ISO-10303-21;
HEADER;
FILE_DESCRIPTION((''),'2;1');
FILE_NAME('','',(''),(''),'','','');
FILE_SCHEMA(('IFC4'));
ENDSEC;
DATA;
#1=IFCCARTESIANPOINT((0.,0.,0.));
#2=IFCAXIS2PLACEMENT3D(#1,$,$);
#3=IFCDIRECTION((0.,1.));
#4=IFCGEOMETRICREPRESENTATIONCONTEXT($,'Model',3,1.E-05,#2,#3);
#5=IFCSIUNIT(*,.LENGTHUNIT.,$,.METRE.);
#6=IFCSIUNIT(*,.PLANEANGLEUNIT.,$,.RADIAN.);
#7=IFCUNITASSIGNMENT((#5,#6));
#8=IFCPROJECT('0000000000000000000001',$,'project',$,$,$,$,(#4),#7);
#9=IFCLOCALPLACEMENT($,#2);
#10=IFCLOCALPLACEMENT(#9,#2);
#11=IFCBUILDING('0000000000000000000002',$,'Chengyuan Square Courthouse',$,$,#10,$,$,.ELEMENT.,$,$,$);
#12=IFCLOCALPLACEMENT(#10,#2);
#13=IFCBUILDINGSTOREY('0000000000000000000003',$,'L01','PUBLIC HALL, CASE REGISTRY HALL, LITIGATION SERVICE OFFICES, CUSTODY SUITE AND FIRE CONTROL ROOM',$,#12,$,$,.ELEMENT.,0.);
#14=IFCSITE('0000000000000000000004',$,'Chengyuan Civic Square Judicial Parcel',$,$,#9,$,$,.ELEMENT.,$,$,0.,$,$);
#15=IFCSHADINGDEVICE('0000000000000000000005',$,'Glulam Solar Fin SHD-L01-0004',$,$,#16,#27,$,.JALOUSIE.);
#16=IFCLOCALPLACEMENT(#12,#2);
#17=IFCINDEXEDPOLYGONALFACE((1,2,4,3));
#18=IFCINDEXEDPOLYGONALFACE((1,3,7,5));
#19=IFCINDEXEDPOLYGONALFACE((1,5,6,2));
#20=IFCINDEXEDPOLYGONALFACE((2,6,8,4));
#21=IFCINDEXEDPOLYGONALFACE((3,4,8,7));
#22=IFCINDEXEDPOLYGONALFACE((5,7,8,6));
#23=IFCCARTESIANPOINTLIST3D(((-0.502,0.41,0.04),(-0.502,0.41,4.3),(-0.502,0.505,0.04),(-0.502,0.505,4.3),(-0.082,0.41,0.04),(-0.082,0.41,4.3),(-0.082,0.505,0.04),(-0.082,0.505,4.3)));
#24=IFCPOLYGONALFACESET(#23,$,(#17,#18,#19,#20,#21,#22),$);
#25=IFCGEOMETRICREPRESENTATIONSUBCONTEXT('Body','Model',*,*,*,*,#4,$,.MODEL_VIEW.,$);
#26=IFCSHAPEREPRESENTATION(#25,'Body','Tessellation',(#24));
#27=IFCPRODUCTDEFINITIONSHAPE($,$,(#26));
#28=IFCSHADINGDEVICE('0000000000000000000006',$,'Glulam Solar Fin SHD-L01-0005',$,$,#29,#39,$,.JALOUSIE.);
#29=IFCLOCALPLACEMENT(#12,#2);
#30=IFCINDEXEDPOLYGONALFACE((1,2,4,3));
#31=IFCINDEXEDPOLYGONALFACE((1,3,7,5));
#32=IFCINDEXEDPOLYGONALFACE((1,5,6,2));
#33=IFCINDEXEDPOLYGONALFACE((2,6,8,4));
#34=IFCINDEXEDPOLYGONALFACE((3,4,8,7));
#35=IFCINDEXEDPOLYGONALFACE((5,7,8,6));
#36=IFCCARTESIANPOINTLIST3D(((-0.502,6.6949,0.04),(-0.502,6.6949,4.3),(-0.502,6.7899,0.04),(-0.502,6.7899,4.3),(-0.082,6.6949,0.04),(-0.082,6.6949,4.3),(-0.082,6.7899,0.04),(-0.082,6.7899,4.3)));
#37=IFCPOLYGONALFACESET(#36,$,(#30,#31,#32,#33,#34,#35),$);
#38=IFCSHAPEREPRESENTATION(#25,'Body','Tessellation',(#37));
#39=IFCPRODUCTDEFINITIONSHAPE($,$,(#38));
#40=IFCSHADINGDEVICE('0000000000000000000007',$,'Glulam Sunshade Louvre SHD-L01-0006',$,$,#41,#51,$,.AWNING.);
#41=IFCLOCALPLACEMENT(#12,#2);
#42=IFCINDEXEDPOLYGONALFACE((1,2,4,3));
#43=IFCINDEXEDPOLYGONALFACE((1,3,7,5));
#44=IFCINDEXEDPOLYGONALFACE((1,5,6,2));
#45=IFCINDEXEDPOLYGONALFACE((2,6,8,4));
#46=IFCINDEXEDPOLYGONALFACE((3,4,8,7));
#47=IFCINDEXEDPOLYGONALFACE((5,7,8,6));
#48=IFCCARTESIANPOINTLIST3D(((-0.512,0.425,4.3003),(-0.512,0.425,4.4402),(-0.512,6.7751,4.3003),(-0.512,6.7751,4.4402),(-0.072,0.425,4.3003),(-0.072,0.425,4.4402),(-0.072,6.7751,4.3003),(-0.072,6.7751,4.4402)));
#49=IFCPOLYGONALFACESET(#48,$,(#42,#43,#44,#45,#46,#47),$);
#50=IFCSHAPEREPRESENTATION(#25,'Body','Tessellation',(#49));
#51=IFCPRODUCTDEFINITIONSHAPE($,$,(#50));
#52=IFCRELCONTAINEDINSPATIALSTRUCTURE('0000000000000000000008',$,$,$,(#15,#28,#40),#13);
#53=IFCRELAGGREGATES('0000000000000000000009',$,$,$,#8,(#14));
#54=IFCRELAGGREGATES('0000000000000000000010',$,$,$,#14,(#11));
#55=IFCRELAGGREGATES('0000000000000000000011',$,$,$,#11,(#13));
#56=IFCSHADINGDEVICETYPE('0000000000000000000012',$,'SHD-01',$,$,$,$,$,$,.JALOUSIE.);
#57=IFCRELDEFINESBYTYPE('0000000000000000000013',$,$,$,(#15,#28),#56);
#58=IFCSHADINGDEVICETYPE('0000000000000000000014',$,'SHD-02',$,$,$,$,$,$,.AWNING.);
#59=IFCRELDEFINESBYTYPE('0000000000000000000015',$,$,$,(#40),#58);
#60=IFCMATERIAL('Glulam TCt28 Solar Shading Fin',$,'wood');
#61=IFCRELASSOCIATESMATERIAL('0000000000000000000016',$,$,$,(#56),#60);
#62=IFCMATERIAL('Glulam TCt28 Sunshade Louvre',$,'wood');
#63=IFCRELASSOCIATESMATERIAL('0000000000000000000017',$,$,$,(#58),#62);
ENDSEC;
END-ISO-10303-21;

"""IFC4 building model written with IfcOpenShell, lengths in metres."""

from ifc_helpers import new_model, si_unit, direction, frame, origin, origin_2d, place, context, subcontext, project, spatial, rectangle, extrude, material, type_object, element, save


model = new_model("IFC4")

# Units and contexts
model_context = context("Model", 3, precision=1e-05, world=origin(), true_north=direction((0.0, 1.0)))
body_context = subcontext(model_context, "Body", "Model", "MODEL_VIEW")
ifc_project = project(units=[si_unit("LENGTHUNIT", "METRE"), si_unit("PLANEANGLEUNIT", "RADIAN")], contexts=[model_context])

# Site, building, storey
site_placement = place(None, origin())
site = spatial("IfcSite", under=ifc_project, at=site_placement, Name="Chengyuan Civic Square Judicial Parcel", CompositionType="ELEMENT", RefElevation=0.0)
building_placement = place(site_placement, origin())
building = spatial("IfcBuilding", under=site, at=building_placement, Name="Chengyuan Square Courthouse", CompositionType="ELEMENT")
storey_placement = place(building_placement, origin())
storey = spatial("IfcBuildingStorey", under=building, at=storey_placement, Name="L01", Description="PUBLIC HALL, CASE REGISTRY HALL, LITIGATION SERVICE OFFICES, CUSTODY SUITE AND FIRE CONTROL ROOM", CompositionType="ELEMENT", Elevation=0.0)

# Shading devices
ifc_material_1 = material(Name="Glulam TCt28 Solar Shading Fin", Category="wood")
shading_device_type_1 = type_object("IfcShadingDeviceType", Name="SHD-01", PredefinedType="JALOUSIE", material=ifc_material_1)
for number, where, z_axis, x_axis, name in (
    (1, (-0.292, 0.4575, 0.04), (0.0, 0.0, 1.0), (1.0, 0.0, 0.0), "Glulam Solar Fin SHD-L01-0004"),
    (2, (-0.292, 6.7424, 0.04), (0.0, 0.0, 1.0), (1.0, 0.0, 0.0), "Glulam Solar Fin SHD-L01-0005"),
):
    element("IfcShadingDevice", number, at=place(storey_placement, frame(where, z_axis=z_axis, x_axis=x_axis)), inside=storey, type_object=shading_device_type_1, Name=name, PredefinedType="JALOUSIE", context=body_context, shape_type="SweptSolid", body=[
        extrude(rectangle(XDim=0.4199, YDim=0.095, at=origin_2d()), origin(), (0.0, 0.0, 1.0), 4.26),
    ])
ifc_material_2 = material(Name="Glulam TCt28 Sunshade Louvre", Category="wood")
shading_device_type_2 = type_object("IfcShadingDeviceType", Name="SHD-02", PredefinedType="AWNING", material=ifc_material_2)
shading_device_placement = place(storey_placement, frame((-0.292, 3.6001, 4.3003), z_axis=(0.0, 0.0, 1.0), x_axis=(0.0, 1.0, 0.0)))
element("IfcShadingDevice", 3, at=shading_device_placement, inside=storey, type_object=shading_device_type_2, Name="Glulam Sunshade Louvre SHD-L01-0006", PredefinedType="AWNING", context=body_context, shape_type="SweptSolid", body=[
    extrude(rectangle(XDim=6.3501, YDim=0.4399, at=origin_2d()), origin(), (0.0, 0.0, 1.0), 0.1399),
])

save(model, "model.ifc")
